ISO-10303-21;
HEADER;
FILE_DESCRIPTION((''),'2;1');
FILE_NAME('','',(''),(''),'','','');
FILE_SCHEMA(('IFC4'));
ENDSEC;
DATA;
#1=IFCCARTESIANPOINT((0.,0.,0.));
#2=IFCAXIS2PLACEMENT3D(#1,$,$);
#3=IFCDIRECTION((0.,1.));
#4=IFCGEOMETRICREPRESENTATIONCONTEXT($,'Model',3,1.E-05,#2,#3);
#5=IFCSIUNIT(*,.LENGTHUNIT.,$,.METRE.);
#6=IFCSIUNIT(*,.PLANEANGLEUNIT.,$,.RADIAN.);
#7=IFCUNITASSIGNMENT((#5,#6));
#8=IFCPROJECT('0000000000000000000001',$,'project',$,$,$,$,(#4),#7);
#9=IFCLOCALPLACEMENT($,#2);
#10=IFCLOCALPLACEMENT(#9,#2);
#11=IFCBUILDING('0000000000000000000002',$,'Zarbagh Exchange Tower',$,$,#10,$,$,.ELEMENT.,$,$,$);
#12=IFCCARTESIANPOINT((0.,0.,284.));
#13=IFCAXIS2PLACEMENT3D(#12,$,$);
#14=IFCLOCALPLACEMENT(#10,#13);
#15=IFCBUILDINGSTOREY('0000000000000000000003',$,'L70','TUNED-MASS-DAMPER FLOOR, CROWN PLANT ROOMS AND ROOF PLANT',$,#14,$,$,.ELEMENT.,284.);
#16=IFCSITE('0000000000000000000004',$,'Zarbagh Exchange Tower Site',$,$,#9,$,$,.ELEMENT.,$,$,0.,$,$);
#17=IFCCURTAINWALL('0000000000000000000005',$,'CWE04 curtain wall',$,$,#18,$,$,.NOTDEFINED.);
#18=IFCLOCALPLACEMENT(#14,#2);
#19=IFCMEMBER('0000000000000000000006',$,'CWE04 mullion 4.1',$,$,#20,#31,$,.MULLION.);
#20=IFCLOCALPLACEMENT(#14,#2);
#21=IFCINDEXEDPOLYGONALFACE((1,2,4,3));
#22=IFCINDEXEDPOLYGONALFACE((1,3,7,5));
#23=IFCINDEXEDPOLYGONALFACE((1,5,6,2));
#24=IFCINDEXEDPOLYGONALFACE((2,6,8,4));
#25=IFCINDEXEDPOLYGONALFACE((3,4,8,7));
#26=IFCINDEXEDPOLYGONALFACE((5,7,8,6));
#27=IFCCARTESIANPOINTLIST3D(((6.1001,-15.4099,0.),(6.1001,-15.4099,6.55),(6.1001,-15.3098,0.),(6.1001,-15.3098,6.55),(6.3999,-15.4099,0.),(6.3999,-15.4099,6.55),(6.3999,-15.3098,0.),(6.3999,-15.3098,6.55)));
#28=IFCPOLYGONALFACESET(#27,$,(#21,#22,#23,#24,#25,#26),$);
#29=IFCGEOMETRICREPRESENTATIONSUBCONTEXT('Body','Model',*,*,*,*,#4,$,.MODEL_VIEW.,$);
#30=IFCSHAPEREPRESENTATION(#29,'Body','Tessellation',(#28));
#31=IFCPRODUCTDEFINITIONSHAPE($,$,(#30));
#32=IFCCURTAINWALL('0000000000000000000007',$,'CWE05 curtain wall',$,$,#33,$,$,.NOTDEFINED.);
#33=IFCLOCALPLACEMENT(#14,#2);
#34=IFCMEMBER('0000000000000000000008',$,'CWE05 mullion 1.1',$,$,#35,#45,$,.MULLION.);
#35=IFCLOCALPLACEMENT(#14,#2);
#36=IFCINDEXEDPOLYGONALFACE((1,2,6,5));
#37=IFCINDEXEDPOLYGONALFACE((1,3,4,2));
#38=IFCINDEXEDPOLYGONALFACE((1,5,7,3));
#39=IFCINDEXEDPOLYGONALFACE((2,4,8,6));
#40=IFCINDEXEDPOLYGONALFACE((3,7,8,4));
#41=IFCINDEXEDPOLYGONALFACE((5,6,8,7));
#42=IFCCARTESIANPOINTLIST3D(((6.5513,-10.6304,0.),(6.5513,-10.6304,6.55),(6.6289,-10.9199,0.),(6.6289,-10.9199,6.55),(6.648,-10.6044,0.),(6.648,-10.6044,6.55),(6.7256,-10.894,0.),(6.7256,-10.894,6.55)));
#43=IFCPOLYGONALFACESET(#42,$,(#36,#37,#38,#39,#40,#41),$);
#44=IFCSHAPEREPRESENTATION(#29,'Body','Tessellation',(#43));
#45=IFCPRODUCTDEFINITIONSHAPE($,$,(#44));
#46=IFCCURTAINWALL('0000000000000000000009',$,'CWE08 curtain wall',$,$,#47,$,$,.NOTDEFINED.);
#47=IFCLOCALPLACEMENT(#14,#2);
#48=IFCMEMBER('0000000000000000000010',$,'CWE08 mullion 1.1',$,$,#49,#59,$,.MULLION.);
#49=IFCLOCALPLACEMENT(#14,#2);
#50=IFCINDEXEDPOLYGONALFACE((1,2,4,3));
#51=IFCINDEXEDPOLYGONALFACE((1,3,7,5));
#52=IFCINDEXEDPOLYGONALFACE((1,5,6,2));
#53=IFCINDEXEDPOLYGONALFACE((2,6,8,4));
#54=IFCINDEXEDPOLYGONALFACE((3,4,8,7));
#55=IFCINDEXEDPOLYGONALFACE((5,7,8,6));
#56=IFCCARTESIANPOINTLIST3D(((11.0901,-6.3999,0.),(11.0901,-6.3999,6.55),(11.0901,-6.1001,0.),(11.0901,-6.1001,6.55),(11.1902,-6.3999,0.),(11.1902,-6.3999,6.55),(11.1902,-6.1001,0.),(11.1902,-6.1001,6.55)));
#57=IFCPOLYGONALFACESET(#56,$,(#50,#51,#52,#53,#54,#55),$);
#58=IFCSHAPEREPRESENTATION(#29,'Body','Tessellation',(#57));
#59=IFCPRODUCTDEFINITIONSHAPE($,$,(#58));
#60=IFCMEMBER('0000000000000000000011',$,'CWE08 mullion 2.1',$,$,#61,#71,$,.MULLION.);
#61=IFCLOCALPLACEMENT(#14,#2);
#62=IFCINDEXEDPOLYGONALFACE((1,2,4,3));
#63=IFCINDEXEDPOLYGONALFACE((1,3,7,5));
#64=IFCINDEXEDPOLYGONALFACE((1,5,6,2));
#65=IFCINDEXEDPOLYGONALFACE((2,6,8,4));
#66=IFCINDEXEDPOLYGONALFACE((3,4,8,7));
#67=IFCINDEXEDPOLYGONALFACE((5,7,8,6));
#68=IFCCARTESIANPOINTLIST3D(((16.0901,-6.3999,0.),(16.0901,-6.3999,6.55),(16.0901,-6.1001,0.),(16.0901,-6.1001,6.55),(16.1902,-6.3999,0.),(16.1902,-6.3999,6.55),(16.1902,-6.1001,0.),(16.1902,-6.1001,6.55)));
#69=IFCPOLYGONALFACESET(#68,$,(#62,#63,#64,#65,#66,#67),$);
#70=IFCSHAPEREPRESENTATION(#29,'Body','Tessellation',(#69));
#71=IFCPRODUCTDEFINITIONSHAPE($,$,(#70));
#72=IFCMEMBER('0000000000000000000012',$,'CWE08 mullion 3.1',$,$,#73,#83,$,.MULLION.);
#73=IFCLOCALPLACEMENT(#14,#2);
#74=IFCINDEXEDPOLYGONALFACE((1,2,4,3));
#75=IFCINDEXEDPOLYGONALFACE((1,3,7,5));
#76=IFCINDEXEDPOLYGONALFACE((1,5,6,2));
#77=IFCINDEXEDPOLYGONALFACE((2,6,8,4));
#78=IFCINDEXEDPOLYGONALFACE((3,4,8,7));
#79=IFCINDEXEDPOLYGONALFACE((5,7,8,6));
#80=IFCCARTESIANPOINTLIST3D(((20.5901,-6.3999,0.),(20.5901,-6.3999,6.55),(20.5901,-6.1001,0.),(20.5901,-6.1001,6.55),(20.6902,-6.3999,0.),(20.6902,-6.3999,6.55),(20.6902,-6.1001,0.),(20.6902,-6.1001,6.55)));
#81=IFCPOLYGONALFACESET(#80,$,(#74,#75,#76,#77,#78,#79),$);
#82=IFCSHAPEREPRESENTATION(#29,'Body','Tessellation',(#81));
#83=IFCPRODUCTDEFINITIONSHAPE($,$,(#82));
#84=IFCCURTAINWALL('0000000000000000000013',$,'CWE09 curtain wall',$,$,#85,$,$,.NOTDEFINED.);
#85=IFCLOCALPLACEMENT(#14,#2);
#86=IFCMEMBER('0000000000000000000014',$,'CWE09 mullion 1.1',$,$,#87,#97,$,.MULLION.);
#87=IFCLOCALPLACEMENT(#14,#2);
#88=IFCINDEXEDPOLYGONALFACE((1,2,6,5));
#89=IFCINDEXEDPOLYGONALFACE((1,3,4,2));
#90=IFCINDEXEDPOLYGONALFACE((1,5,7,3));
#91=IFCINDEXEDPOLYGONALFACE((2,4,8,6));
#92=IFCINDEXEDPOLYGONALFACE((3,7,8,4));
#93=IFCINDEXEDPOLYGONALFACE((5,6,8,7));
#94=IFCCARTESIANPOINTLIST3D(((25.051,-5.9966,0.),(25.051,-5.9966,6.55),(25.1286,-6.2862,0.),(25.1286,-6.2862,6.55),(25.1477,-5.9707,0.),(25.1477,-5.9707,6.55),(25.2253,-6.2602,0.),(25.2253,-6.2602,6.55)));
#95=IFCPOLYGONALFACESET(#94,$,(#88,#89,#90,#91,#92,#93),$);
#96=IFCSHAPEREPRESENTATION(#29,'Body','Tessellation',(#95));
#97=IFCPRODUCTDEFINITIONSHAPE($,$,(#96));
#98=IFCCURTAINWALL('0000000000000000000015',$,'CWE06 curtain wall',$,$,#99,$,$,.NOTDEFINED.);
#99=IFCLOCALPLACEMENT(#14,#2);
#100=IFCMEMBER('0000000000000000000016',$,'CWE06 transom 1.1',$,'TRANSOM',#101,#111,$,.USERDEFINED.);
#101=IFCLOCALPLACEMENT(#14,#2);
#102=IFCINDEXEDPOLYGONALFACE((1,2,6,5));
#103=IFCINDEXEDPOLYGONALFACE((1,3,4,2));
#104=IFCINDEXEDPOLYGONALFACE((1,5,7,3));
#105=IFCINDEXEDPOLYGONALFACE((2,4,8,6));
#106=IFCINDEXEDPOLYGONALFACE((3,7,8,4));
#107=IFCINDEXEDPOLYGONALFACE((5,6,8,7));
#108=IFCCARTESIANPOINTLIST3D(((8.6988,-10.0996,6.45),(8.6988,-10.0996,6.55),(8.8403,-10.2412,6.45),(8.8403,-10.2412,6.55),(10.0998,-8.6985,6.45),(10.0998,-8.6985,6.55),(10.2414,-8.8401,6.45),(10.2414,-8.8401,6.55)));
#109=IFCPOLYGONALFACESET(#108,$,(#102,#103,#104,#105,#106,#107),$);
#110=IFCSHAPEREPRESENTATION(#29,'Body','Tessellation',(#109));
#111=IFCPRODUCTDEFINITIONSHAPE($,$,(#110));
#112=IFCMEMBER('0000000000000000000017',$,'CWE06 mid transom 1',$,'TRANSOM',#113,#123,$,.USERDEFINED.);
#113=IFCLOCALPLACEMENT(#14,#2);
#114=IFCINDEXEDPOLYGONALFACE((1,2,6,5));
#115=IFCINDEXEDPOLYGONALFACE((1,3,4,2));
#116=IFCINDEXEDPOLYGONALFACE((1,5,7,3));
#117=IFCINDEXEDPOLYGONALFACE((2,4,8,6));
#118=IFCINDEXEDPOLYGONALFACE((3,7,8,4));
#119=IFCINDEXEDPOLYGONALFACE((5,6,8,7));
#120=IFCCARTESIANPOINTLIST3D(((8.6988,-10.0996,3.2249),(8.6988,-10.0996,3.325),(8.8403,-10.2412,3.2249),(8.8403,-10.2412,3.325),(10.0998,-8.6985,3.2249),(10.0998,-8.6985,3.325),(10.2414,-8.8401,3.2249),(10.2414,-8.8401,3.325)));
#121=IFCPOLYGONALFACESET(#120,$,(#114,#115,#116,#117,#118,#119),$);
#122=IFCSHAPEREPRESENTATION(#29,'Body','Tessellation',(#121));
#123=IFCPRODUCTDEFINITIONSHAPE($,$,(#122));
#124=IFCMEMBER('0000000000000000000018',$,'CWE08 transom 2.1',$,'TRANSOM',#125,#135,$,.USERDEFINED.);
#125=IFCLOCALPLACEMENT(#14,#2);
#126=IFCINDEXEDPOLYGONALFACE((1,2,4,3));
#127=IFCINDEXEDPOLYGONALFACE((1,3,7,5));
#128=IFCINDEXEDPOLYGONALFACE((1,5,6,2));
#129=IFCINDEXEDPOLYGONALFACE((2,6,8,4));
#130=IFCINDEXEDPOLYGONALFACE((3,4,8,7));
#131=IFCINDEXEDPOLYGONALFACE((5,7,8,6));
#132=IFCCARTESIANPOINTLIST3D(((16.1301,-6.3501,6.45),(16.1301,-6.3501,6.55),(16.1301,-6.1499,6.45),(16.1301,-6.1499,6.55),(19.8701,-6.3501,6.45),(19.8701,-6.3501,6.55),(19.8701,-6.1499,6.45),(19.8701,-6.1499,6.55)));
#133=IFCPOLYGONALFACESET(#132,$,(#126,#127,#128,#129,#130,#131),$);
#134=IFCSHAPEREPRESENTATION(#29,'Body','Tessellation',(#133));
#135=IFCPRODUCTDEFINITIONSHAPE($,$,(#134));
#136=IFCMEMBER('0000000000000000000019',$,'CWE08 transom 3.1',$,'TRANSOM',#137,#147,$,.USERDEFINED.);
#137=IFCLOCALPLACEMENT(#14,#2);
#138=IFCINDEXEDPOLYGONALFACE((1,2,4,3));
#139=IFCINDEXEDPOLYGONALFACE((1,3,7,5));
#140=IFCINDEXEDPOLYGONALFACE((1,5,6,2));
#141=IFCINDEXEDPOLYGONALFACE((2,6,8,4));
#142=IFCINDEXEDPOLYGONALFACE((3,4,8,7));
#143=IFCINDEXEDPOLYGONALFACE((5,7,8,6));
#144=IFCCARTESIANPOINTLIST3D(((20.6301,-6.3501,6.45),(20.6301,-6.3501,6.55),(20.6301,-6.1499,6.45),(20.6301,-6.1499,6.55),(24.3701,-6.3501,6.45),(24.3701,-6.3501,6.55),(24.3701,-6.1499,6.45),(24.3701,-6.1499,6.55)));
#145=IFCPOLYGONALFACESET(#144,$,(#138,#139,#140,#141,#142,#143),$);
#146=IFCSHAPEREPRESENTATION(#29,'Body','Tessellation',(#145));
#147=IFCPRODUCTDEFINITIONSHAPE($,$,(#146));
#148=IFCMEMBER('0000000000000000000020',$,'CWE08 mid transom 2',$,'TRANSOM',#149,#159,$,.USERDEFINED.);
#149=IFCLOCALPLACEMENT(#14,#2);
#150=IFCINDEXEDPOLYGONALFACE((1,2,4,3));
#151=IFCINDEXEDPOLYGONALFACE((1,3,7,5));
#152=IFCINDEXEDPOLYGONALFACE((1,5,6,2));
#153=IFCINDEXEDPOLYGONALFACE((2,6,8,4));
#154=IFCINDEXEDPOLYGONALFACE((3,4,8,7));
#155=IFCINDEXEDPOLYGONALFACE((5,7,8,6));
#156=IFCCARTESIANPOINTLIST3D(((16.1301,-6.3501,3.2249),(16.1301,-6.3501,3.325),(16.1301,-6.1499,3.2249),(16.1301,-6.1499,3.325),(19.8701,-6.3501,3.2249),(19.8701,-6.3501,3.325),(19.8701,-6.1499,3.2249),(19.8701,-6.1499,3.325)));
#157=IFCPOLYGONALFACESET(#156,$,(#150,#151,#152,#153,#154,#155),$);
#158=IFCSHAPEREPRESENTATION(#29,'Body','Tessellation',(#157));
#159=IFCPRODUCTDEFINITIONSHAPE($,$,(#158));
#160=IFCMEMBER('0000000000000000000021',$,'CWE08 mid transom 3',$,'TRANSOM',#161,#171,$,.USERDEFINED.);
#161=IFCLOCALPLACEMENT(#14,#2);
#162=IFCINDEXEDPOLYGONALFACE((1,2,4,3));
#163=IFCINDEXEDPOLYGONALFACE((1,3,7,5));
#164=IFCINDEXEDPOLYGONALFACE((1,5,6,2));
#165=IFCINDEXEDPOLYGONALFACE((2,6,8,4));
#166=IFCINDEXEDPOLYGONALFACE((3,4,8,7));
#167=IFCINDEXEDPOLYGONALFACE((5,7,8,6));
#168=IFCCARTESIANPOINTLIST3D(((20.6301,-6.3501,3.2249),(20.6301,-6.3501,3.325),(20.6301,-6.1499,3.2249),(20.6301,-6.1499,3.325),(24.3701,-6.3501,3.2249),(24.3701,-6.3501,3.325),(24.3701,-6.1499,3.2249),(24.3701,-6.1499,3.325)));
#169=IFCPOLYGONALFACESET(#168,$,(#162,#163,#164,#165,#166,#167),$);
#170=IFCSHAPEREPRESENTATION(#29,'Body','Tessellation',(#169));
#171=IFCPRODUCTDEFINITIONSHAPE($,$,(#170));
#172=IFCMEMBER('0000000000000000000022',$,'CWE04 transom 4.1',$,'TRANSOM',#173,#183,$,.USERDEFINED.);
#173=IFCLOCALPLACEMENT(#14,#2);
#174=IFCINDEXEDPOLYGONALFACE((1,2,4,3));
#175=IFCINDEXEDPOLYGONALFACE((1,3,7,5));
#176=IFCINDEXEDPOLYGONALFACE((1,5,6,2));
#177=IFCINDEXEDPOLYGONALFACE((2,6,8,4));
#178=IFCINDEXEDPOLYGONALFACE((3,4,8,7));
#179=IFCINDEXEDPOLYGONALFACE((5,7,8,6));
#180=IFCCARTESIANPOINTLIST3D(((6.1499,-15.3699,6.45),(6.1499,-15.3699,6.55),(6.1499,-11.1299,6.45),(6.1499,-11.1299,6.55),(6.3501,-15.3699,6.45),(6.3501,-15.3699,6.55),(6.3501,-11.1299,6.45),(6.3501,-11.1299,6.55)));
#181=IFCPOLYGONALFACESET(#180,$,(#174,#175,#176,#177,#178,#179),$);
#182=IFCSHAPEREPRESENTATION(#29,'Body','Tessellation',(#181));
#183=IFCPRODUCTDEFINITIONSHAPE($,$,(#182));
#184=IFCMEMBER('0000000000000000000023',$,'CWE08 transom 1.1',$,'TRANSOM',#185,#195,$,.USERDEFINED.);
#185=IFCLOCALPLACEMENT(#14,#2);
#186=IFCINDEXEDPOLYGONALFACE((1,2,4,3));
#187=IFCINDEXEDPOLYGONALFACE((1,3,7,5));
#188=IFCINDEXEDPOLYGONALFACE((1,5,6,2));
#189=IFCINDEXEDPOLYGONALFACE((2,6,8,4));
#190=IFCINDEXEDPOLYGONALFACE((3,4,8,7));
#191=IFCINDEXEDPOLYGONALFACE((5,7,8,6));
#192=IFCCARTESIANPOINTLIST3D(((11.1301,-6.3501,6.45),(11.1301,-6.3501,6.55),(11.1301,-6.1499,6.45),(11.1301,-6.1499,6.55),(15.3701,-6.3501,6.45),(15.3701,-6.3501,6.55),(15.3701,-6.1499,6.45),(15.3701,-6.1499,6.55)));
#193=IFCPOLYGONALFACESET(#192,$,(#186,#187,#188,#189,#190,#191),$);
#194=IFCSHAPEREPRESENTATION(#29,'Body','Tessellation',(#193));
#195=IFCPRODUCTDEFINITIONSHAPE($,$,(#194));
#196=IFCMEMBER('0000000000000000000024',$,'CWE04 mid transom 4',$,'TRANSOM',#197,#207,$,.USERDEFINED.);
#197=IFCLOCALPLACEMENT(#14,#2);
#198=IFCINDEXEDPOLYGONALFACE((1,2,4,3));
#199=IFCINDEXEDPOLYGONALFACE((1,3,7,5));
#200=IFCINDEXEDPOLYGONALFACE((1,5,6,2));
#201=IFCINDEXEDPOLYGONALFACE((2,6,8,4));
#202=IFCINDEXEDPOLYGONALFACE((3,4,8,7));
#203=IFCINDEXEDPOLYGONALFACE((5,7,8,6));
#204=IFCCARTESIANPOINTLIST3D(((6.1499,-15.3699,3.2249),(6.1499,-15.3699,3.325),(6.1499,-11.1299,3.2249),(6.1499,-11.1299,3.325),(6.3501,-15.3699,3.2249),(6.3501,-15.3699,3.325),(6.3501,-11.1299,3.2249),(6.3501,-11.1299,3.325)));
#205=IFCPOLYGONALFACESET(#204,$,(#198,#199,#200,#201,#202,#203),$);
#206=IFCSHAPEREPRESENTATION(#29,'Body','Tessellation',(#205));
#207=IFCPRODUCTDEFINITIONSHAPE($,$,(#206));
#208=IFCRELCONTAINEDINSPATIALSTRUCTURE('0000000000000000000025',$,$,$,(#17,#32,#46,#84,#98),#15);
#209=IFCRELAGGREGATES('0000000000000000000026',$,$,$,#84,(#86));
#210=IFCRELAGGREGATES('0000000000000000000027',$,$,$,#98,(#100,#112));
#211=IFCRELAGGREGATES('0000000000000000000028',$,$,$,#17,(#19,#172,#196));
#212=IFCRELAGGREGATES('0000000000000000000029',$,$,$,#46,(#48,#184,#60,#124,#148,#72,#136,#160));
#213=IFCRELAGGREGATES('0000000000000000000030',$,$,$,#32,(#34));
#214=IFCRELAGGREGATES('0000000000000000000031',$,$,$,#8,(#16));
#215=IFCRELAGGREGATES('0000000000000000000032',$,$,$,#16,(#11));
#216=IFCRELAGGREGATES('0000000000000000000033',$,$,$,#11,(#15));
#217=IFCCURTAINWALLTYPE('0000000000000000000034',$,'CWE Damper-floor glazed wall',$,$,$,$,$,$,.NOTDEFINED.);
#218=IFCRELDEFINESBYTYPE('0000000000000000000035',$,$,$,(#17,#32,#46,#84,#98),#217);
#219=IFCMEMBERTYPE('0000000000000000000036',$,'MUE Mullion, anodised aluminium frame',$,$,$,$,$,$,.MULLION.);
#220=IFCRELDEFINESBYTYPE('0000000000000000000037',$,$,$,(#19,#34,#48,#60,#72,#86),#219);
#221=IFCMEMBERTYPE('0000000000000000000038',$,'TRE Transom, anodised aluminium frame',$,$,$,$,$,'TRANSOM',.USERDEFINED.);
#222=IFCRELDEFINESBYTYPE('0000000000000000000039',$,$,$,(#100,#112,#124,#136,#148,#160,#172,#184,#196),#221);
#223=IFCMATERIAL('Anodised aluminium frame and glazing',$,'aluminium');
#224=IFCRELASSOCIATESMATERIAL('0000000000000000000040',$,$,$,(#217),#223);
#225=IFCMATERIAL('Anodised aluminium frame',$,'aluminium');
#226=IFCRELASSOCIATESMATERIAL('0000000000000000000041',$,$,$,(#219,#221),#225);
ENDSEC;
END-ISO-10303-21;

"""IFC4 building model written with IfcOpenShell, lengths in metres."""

from ifc_helpers import new_model, si_unit, direction, frame, origin, place, context, subcontext, project, spatial, polyline, outline, extrude, source, transform, mapped, material, type_object, element, aggregate, save


model = new_model("IFC4")

# Units and contexts
model_context = context("Model", 3, precision=1e-05, world=origin(), true_north=direction((0.0, 1.0)))
body_context = subcontext(model_context, "Body", "Model", "MODEL_VIEW")
ifc_project = project(units=[si_unit("LENGTHUNIT", "METRE"), si_unit("PLANEANGLEUNIT", "RADIAN")], contexts=[model_context])

# Site, building, storey
site_placement = place(None, origin())
site = spatial("IfcSite", under=ifc_project, at=site_placement, Name="Zarbagh Exchange Tower Site", CompositionType="ELEMENT", RefElevation=0.0)
building_placement = place(site_placement, origin())
building = spatial("IfcBuilding", under=site, at=building_placement, Name="Zarbagh Exchange Tower", CompositionType="ELEMENT")
storey_placement = place(building_placement, frame((0.0, 0.0, 284.0)))
storey = spatial("IfcBuildingStorey", under=building, at=storey_placement, Name="L70", Description="TUNED-MASS-DAMPER FLOOR, CROWN PLANT ROOMS AND ROOF PLANT", CompositionType="ELEMENT", Elevation=284.0)

# Curtain walls, members
ifc_material_1 = material(Name="Anodised aluminium frame and glazing", Category="aluminium")
curtain_wall_type = type_object("IfcCurtainWallType", Name="CWE Damper-floor glazed wall", PredefinedType="NOTDEFINED", material=ifc_material_1)
curtain_wall_1_placement = place(storey_placement, origin())
curtain_wall_1 = element("IfcCurtainWall", 1, at=curtain_wall_1_placement, inside=storey, type_object=curtain_wall_type, Name="CWE04 curtain wall", PredefinedType="NOTDEFINED")
ifc_material_2 = material(Name="Anodised aluminium frame", Category="aluminium")
member_type_1 = type_object("IfcMemberType", Name="MUE Mullion, anodised aluminium frame", PredefinedType="MULLION", material=ifc_material_2)
shared_shape_1 = source(origin(), body_context, "Body", "SweptSolid", [
    extrude(outline(polyline([(0.0, -0.1499), (0.1001, -0.1499), (0.1001, 0.1499), (0.0, 0.1499), (0.0, -0.1499)])), origin(), (0.0, 0.0, 1.0), 6.55),
])
placement = place(storey_placement, origin())
member_1 = element("IfcMember", 2, at=placement, type_object=member_type_1, Name="CWE04 mullion 4.1", PredefinedType="MULLION", context=body_context, shape_type="MappedRepresentation", body=[
    mapped(shared_shape_1, transform((6.25, -15.4099, 0.0), x_axis=(0.0, 1.0, 0.0), y_axis=(-1.0, 0.0, 0.0), z_axis=(0.0, 0.0, 1.0))),
])
curtain_wall_2_placement = place(storey_placement, origin())
curtain_wall_2 = element("IfcCurtainWall", 3, at=curtain_wall_2_placement, inside=storey, type_object=curtain_wall_type, Name="CWE05 curtain wall", PredefinedType="NOTDEFINED")
member_2 = element("IfcMember", 4, at=placement, type_object=member_type_1, Name="CWE05 mullion 1.1", PredefinedType="MULLION", context=body_context, shape_type="MappedRepresentation", body=[
    mapped(shared_shape_1, transform((6.5901, -10.7751, 0.0), x_axis=(0.965924, 0.258825, 0.0), y_axis=(-0.258825, 0.965924, 0.0), z_axis=(0.0, 0.0, 1.0))),
])

# Curtain wall, members
curtain_wall_3_placement = place(storey_placement, origin())
curtain_wall_3 = element("IfcCurtainWall", 5, at=curtain_wall_3_placement, inside=storey, type_object=curtain_wall_type, Name="CWE08 curtain wall", PredefinedType="NOTDEFINED")
member_3 = element("IfcMember", 6, at=placement, type_object=member_type_1, Name="CWE08 mullion 1.1", PredefinedType="MULLION", context=body_context, shape_type="MappedRepresentation", body=[
    mapped(shared_shape_1, transform((11.0901, -6.25, 0.0), x_axis=(1.0, 0.0, 0.0), y_axis=(0.0, 1.0, 0.0), z_axis=(0.0, 0.0, 1.0))),
])
member_4 = element("IfcMember", 7, at=placement, type_object=member_type_1, Name="CWE08 mullion 2.1", PredefinedType="MULLION", context=body_context, shape_type="MappedRepresentation", body=[
    mapped(shared_shape_1, transform((16.0901, -6.25, 0.0), x_axis=(1.0, 0.0, 0.0), y_axis=(0.0, 1.0, 0.0), z_axis=(0.0, 0.0, 1.0))),
])
member_5 = element("IfcMember", 8, at=placement, type_object=member_type_1, Name="CWE08 mullion 3.1", PredefinedType="MULLION", context=body_context, shape_type="MappedRepresentation", body=[
    mapped(shared_shape_1, transform((20.5901, -6.25, 0.0), x_axis=(1.0, 0.0, 0.0), y_axis=(0.0, 1.0, 0.0), z_axis=(0.0, 0.0, 1.0))),
])

# Curtain wall, member
curtain_wall_4_placement = place(storey_placement, origin())
curtain_wall_4 = element("IfcCurtainWall", 9, at=curtain_wall_4_placement, inside=storey, type_object=curtain_wall_type, Name="CWE09 curtain wall", PredefinedType="NOTDEFINED")
member_6 = element("IfcMember", 10, at=placement, type_object=member_type_1, Name="CWE09 mullion 1.1", PredefinedType="MULLION", context=body_context, shape_type="MappedRepresentation", body=[
    mapped(shared_shape_1, transform((25.0898, -6.1414, 0.0), x_axis=(0.965924, 0.258825, 0.0), y_axis=(-0.258825, 0.965924, 0.0), z_axis=(0.0, 0.0, 1.0))),
])

# Curtain wall, members
curtain_wall_5_placement = place(storey_placement, origin())
curtain_wall_5 = element("IfcCurtainWall", 11, at=curtain_wall_5_placement, inside=storey, type_object=curtain_wall_type, Name="CWE06 curtain wall", PredefinedType="NOTDEFINED")
member_type_2 = type_object("IfcMemberType", Name="TRE Transom, anodised aluminium frame", ElementType="TRANSOM", PredefinedType="USERDEFINED", material=ifc_material_2)
shared_shape_2 = source(origin(), body_context, "Body", "SweptSolid", [
    extrude(outline(polyline([(-0.1001, -0.1001), (0.0, -0.1001), (0.0, 0.1001), (-0.1001, 0.1001), (-0.1001, -0.1001)])), origin(), (0.0, 0.0, 1.0), 1.9814),
])
member_7 = element("IfcMember", 12, at=placement, type_object=member_type_2, Name="CWE06 transom 1.1", ObjectType="TRANSOM", PredefinedType="USERDEFINED", context=body_context, shape_type="MappedRepresentation", body=[
    mapped(shared_shape_2, transform((8.7695, -10.1704, 6.55), x_axis=(0.0, 0.0, 1.0), y_axis=(0.707107, -0.707107, 0.0), z_axis=(0.707107, 0.707107, 0.0))),
])
shared_shape_3 = source(origin(), body_context, "Body", "SweptSolid", [
    extrude(outline(polyline([(-0.05, -0.1001), (0.05, -0.1001), (0.05, 0.1001), (-0.05, 0.1001), (-0.05, -0.1001)])), origin(), (0.0, 0.0, 1.0), 1.9814),
])
member_8 = element("IfcMember", 13, at=placement, type_object=member_type_2, Name="CWE06 mid transom 1", ObjectType="TRANSOM", PredefinedType="USERDEFINED", context=body_context, shape_type="MappedRepresentation", body=[
    mapped(shared_shape_3, transform((8.7695, -10.1704, 3.2749), x_axis=(0.0, 0.0, 1.0), y_axis=(0.707107, -0.707107, 0.0), z_axis=(0.707107, 0.707107, 0.0))),
])

# Members
shared_shape_4 = source(origin(), body_context, "Body", "SweptSolid", [
    extrude(outline(polyline([(-0.1001, -0.1001), (0.0, -0.1001), (0.0, 0.1001), (-0.1001, 0.1001), (-0.1001, -0.1001)])), origin(), (0.0, 0.0, 1.0), 3.74),
])
member_9 = element("IfcMember", 14, at=placement, type_object=member_type_2, Name="CWE08 transom 2.1", ObjectType="TRANSOM", PredefinedType="USERDEFINED", context=body_context, shape_type="MappedRepresentation", body=[
    mapped(shared_shape_4, transform((16.1301, -6.25, 6.55), x_axis=(0.0, 0.0, 1.0), y_axis=(0.0, -1.0, 0.0), z_axis=(1.0, 0.0, 0.0))),
])
member_10 = element("IfcMember", 15, at=placement, type_object=member_type_2, Name="CWE08 transom 3.1", ObjectType="TRANSOM", PredefinedType="USERDEFINED", context=body_context, shape_type="MappedRepresentation", body=[
    mapped(shared_shape_4, transform((20.6301, -6.25, 6.55), x_axis=(0.0, 0.0, 1.0), y_axis=(0.0, -1.0, 0.0), z_axis=(1.0, 0.0, 0.0))),
])
shared_shape_5 = source(origin(), body_context, "Body", "SweptSolid", [
    extrude(outline(polyline([(-0.05, -0.1001), (0.05, -0.1001), (0.05, 0.1001), (-0.05, 0.1001), (-0.05, -0.1001)])), origin(), (0.0, 0.0, 1.0), 3.74),
])
member_11 = element("IfcMember", 16, at=placement, type_object=member_type_2, Name="CWE08 mid transom 2", ObjectType="TRANSOM", PredefinedType="USERDEFINED", context=body_context, shape_type="MappedRepresentation", body=[
    mapped(shared_shape_5, transform((16.1301, -6.25, 3.2749), x_axis=(0.0, 0.0, 1.0), y_axis=(0.0, -1.0, 0.0), z_axis=(1.0, 0.0, 0.0))),
])
member_12 = element("IfcMember", 17, at=placement, type_object=member_type_2, Name="CWE08 mid transom 3", ObjectType="TRANSOM", PredefinedType="USERDEFINED", context=body_context, shape_type="MappedRepresentation", body=[
    mapped(shared_shape_5, transform((20.6301, -6.25, 3.2749), x_axis=(0.0, 0.0, 1.0), y_axis=(0.0, -1.0, 0.0), z_axis=(1.0, 0.0, 0.0))),
])
shared_shape_6 = source(origin(), body_context, "Body", "SweptSolid", [
    extrude(outline(polyline([(-0.1001, -0.1001), (0.0, -0.1001), (0.0, 0.1001), (-0.1001, 0.1001), (-0.1001, -0.1001)])), origin(), (0.0, 0.0, 1.0), 4.24),
])
member_13 = element("IfcMember", 18, at=placement, type_object=member_type_2, Name="CWE04 transom 4.1", ObjectType="TRANSOM", PredefinedType="USERDEFINED", context=body_context, shape_type="MappedRepresentation", body=[
    mapped(shared_shape_6, transform((6.25, -15.3699, 6.55), x_axis=(0.0, 0.0, 1.0), y_axis=(1.0, 0.0, 0.0), z_axis=(0.0, 1.0, 0.0))),
])
member_14 = element("IfcMember", 19, at=placement, type_object=member_type_2, Name="CWE08 transom 1.1", ObjectType="TRANSOM", PredefinedType="USERDEFINED", context=body_context, shape_type="MappedRepresentation", body=[
    mapped(shared_shape_6, transform((11.1301, -6.25, 6.55), x_axis=(0.0, 0.0, 1.0), y_axis=(0.0, -1.0, 0.0), z_axis=(1.0, 0.0, 0.0))),
])
shared_shape_7 = source(origin(), body_context, "Body", "SweptSolid", [
    extrude(outline(polyline([(-0.05, -0.1001), (0.05, -0.1001), (0.05, 0.1001), (-0.05, 0.1001), (-0.05, -0.1001)])), origin(), (0.0, 0.0, 1.0), 4.24),
])
member_15 = element("IfcMember", 20, at=placement, type_object=member_type_2, Name="CWE04 mid transom 4", ObjectType="TRANSOM", PredefinedType="USERDEFINED", context=body_context, shape_type="MappedRepresentation", body=[
    mapped(shared_shape_7, transform((6.25, -15.3699, 3.2749), x_axis=(0.0, 0.0, 1.0), y_axis=(1.0, 0.0, 0.0), z_axis=(0.0, 1.0, 0.0))),
])

aggregate(curtain_wall_4, [member_6])

aggregate(curtain_wall_5, [member_7, member_8])
aggregate(curtain_wall_1, [member_1, member_13, member_15])
aggregate(curtain_wall_3, [member_3, member_14, member_4, member_9, member_11, member_5, member_10, member_12])
aggregate(curtain_wall_2, [member_2])

save(model, "model.ifc")
